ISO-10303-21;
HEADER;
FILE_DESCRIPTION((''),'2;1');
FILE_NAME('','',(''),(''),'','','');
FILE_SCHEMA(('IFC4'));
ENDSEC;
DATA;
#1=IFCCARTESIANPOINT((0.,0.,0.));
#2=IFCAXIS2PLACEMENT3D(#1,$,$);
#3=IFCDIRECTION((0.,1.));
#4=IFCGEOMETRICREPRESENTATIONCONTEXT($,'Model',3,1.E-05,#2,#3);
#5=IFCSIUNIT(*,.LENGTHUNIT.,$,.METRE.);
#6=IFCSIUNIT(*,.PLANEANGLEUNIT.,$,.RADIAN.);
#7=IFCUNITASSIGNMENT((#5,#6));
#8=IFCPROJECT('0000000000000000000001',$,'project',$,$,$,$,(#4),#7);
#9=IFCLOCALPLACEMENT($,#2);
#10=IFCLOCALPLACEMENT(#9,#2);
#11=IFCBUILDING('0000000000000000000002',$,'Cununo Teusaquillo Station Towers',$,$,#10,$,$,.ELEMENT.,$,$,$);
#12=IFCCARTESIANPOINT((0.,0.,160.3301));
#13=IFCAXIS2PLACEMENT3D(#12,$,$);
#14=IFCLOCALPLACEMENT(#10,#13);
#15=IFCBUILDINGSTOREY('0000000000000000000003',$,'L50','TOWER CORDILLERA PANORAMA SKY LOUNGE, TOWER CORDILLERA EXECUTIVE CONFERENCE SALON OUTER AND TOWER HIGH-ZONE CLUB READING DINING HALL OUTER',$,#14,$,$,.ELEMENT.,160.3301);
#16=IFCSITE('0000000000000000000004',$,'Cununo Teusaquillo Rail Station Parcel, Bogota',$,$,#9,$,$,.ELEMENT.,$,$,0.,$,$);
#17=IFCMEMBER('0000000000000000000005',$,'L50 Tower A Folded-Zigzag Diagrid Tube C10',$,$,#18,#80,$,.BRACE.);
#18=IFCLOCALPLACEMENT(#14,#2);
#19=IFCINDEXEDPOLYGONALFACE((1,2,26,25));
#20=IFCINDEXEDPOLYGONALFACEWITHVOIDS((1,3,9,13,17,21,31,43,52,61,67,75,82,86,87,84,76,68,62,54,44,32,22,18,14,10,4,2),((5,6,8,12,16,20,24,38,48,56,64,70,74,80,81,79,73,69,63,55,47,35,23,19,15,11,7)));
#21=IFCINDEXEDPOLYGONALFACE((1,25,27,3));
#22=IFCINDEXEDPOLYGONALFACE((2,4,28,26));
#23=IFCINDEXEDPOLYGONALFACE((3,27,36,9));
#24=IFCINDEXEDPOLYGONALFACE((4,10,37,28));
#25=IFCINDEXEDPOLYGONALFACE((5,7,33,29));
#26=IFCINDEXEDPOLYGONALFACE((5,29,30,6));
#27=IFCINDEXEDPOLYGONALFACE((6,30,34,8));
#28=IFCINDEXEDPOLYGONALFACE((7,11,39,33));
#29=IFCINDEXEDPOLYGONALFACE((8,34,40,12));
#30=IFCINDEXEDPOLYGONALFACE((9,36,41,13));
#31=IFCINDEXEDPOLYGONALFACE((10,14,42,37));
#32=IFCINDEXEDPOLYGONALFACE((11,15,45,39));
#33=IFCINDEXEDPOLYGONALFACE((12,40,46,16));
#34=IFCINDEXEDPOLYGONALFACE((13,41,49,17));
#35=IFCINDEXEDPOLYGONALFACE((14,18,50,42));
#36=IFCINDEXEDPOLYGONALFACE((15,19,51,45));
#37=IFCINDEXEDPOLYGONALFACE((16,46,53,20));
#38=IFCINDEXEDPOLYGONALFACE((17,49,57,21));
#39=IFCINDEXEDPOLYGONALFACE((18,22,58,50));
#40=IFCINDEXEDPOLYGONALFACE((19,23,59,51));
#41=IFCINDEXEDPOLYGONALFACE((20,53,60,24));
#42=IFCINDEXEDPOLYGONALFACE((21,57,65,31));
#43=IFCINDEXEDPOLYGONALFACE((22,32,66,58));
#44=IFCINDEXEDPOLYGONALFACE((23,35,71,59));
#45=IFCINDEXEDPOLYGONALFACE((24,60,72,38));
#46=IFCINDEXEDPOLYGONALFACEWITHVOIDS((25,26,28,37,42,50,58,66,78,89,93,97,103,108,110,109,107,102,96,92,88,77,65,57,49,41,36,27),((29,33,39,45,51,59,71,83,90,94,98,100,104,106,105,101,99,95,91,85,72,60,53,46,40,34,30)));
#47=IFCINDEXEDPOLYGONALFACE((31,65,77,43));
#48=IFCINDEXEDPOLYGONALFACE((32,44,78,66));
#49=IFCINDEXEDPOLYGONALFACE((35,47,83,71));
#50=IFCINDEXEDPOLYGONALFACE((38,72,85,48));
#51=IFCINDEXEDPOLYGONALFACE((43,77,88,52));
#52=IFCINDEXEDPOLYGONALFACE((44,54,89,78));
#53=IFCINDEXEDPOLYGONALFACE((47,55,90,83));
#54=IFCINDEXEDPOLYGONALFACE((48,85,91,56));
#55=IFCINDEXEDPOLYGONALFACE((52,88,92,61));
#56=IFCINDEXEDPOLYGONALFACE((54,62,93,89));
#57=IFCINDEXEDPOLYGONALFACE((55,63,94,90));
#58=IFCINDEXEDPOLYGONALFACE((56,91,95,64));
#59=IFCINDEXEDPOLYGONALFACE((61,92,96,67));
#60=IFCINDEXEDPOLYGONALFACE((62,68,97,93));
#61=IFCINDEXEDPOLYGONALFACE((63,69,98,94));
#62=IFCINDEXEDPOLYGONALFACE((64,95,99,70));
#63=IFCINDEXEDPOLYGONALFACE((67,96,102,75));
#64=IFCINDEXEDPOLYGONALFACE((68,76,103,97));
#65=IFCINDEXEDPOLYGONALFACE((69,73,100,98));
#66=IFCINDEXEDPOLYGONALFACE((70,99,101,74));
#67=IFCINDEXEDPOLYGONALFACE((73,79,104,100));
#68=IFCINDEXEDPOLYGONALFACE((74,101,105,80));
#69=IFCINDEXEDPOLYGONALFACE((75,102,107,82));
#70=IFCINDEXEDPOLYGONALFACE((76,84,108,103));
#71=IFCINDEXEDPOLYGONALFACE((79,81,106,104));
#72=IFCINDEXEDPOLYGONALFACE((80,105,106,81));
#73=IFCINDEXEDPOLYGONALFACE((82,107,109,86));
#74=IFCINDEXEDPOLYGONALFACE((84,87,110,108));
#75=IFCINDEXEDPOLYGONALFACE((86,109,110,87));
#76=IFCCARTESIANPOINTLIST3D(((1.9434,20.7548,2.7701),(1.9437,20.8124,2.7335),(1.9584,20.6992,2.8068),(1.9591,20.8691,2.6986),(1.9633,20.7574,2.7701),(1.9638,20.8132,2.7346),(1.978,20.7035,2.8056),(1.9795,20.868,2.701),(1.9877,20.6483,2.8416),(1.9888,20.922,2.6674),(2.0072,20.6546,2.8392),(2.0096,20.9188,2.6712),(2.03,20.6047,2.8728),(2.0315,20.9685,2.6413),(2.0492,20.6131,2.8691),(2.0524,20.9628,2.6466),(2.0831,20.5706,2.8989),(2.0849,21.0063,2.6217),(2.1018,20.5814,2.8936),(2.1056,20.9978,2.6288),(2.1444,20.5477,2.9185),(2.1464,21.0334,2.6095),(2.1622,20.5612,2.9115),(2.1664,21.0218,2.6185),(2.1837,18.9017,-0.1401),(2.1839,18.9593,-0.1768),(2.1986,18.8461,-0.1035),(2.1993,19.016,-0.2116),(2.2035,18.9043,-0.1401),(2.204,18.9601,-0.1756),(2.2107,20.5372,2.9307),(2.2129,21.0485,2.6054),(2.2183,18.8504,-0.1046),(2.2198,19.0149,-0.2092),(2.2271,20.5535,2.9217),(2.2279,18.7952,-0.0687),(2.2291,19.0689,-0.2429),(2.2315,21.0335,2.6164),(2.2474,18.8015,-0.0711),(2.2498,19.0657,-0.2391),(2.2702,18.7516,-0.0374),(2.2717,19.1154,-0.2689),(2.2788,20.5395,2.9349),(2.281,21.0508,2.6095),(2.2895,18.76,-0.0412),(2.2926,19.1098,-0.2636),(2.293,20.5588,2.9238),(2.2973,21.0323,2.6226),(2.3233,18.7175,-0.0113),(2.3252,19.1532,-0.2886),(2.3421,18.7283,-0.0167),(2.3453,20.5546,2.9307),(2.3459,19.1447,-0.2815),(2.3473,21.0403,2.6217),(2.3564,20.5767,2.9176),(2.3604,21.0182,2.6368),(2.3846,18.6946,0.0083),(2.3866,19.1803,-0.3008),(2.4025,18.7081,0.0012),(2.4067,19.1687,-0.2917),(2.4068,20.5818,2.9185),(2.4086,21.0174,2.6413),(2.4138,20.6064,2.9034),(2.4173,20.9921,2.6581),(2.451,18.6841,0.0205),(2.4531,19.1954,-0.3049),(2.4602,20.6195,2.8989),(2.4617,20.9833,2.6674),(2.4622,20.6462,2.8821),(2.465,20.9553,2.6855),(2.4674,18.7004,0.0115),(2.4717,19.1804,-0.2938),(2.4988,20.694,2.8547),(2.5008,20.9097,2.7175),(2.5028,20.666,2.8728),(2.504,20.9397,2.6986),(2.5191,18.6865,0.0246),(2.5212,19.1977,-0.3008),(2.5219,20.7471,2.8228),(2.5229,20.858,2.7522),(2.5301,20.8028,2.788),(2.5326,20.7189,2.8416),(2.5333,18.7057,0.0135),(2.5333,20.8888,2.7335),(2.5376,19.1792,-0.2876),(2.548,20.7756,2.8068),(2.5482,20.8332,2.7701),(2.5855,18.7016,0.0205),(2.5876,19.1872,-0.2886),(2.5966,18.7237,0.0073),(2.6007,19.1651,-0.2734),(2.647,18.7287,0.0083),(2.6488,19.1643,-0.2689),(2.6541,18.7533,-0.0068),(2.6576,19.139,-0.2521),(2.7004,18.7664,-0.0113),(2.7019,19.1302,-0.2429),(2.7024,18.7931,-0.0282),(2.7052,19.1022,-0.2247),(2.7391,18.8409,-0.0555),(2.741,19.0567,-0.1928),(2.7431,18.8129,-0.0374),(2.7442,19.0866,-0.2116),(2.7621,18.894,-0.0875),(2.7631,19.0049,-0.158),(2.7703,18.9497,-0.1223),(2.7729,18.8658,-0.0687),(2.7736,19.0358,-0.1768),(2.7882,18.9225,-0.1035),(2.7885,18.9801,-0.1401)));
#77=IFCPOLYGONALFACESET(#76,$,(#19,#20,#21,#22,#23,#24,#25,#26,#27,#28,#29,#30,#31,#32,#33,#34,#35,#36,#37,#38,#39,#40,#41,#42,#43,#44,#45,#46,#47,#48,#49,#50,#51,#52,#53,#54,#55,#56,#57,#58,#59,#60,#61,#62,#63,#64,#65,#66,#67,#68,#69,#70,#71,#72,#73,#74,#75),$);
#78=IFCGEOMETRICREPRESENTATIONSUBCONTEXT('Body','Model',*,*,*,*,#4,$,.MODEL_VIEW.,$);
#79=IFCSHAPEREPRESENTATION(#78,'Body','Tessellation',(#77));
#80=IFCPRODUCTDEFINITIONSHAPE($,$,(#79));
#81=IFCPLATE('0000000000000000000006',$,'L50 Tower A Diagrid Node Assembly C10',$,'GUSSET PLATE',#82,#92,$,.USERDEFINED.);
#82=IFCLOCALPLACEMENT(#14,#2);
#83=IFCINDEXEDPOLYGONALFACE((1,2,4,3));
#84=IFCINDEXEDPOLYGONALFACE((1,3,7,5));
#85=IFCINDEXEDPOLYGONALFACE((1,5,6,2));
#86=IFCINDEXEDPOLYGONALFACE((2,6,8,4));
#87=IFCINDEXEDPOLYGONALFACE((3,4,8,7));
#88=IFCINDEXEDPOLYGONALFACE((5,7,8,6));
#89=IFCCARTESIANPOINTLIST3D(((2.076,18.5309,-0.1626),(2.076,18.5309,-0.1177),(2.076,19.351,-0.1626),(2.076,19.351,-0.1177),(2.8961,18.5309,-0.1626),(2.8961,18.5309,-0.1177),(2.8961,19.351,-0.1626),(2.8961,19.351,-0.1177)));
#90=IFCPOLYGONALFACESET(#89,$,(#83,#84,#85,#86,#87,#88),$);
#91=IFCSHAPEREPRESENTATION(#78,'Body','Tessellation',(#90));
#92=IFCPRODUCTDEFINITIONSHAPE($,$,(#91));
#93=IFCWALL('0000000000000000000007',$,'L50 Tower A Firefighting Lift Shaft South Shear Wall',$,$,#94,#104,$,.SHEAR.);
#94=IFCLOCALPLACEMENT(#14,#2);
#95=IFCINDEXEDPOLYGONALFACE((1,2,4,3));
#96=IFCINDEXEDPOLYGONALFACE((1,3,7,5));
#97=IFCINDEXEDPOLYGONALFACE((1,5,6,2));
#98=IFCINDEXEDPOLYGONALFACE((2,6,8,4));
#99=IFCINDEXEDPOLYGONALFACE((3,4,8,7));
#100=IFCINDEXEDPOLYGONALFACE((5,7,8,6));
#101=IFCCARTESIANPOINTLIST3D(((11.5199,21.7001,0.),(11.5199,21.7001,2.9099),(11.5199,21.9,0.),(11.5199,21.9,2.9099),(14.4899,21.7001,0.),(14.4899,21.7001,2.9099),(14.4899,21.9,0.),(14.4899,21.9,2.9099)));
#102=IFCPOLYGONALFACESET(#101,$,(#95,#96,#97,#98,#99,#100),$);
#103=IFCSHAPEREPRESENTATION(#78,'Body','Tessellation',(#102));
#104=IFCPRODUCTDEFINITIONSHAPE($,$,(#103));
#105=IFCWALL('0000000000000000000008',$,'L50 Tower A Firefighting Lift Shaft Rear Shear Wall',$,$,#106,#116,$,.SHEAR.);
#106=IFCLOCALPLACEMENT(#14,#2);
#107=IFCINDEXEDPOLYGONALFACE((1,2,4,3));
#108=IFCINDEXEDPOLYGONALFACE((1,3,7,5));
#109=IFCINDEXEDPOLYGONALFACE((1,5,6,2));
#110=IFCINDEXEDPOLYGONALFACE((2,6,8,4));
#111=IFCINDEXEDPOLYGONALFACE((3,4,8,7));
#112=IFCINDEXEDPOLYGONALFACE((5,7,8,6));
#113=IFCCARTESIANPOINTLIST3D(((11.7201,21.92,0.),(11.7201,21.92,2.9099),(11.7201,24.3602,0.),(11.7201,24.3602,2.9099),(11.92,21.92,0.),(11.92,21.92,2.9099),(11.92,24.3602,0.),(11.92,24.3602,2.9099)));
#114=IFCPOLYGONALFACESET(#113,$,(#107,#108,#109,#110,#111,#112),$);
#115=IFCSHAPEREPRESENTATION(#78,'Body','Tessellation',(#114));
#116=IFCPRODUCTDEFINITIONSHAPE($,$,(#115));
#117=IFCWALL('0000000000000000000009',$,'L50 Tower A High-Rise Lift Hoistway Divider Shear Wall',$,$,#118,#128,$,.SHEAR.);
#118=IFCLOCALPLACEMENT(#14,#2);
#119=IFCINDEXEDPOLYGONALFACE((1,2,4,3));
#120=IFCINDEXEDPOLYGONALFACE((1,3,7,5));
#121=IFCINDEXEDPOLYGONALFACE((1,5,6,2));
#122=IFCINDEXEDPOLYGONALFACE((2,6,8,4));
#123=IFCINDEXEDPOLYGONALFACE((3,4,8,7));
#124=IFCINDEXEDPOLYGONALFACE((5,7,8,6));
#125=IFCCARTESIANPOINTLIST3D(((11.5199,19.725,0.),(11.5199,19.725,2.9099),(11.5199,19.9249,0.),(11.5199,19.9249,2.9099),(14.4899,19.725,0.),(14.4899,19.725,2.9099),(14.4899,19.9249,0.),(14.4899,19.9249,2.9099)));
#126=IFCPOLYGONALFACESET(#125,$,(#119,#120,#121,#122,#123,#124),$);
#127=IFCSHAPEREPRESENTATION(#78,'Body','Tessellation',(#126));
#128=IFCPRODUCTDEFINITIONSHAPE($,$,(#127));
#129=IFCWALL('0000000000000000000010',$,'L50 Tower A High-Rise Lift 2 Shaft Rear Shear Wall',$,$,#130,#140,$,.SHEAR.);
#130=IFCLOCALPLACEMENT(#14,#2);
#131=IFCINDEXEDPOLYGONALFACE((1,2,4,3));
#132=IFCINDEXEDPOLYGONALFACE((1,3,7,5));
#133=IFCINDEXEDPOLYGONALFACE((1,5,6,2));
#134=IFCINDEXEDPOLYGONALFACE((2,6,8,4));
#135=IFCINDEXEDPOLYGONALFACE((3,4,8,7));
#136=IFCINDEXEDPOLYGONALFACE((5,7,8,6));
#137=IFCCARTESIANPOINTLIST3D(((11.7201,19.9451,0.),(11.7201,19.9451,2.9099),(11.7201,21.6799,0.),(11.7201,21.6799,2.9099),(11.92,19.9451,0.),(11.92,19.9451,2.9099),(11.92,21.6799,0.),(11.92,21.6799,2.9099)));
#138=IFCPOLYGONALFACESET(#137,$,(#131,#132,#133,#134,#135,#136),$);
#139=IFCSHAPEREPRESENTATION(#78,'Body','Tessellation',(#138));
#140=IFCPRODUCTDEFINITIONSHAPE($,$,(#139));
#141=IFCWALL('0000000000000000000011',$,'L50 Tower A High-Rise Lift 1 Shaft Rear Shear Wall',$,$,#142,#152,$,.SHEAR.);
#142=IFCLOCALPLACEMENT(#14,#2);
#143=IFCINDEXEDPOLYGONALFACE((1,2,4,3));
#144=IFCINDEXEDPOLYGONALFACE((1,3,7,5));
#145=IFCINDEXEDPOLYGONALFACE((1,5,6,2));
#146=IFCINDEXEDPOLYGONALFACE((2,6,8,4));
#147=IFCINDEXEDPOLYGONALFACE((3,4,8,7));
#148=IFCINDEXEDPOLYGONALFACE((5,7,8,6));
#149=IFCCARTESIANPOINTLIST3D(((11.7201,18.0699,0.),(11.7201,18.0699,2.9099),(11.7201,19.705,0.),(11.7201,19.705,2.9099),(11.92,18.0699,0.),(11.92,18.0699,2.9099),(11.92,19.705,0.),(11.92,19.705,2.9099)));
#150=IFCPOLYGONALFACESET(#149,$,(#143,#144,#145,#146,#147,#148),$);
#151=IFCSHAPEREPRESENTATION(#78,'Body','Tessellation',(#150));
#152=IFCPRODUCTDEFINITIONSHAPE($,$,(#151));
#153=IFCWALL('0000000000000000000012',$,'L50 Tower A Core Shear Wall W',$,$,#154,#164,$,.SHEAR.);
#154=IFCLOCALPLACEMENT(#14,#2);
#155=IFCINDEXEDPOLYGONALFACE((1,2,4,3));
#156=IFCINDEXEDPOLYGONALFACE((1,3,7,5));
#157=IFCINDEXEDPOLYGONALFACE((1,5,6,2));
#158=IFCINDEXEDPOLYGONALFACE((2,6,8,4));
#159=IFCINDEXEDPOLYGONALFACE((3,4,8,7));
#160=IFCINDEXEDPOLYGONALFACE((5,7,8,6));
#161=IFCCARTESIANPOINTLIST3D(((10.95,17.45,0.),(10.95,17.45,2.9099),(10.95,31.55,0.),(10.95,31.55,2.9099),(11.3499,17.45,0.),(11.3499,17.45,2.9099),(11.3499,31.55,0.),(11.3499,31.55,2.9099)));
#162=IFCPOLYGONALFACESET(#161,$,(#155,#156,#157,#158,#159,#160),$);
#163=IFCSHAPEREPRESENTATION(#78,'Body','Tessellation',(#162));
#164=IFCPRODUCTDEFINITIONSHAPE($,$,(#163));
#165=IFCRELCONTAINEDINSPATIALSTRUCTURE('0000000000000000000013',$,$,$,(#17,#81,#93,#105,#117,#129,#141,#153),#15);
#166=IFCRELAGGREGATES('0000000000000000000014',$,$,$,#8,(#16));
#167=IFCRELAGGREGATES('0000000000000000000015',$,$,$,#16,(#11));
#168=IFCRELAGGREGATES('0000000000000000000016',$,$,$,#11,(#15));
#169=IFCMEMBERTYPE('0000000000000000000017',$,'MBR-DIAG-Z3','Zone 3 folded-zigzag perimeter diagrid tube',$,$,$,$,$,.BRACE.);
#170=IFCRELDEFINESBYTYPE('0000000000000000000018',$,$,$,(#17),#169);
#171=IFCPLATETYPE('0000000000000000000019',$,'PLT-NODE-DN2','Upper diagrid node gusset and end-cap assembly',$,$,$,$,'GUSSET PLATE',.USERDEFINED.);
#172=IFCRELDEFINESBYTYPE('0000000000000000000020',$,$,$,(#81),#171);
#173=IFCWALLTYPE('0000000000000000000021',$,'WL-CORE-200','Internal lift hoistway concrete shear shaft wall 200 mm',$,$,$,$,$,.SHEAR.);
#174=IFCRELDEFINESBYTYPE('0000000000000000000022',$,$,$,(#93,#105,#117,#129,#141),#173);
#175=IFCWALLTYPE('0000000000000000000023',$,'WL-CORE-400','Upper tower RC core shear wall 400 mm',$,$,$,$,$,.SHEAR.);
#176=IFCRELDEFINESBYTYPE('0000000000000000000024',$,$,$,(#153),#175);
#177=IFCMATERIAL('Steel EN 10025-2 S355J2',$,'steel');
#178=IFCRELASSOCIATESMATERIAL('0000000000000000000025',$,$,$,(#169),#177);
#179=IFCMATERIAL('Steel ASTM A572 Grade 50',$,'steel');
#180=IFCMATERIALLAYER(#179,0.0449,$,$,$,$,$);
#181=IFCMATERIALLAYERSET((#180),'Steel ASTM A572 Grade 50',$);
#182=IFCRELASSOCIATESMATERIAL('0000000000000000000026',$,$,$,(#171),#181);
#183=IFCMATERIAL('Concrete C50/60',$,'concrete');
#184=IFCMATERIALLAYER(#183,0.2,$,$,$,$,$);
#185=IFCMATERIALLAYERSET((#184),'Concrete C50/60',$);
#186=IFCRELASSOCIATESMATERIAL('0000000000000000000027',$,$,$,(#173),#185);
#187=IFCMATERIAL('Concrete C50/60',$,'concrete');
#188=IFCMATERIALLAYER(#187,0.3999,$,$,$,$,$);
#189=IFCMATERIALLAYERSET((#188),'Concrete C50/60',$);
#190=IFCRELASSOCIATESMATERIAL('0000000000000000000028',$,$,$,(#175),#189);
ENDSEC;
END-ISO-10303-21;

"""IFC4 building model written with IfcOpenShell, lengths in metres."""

from ifc_helpers import new_model, si_unit, direction, frame, frame_2d, origin, origin_2d, place, context, subcontext, project, spatial, rectangle, hollow_circle, extrude, source, transform, mapped, material, layer, layer_set, material_profile, profile_set, type_object, element, save


model = new_model("IFC4")

# Units and contexts
model_context = context("Model", 3, precision=1e-05, world=origin(), true_north=direction((0.0, 1.0)))
body_context = subcontext(model_context, "Body", "Model", "MODEL_VIEW")
ifc_project = project(units=[si_unit("LENGTHUNIT", "METRE"), si_unit("PLANEANGLEUNIT", "RADIAN")], contexts=[model_context])

# Site, building, storey
site_placement = place(None, origin())
site = spatial("IfcSite", under=ifc_project, at=site_placement, Name="Cununo Teusaquillo Rail Station Parcel, Bogota", CompositionType="ELEMENT", RefElevation=0.0)
building_placement = place(site_placement, origin())
building = spatial("IfcBuilding", under=site, at=building_placement, Name="Cununo Teusaquillo Station Towers", CompositionType="ELEMENT")
storey_placement = place(building_placement, frame((0.0, 0.0, 160.3301)))
storey = spatial("IfcBuildingStorey", under=building, at=storey_placement, Name="L50", Description="TOWER CORDILLERA PANORAMA SKY LOUNGE, TOWER CORDILLERA EXECUTIVE CONFERENCE SALON OUTER AND TOWER HIGH-ZONE CLUB READING DINING HALL OUTER", CompositionType="ELEMENT", Elevation=160.3301)

# Member
ifc_material_1 = material(Name="Steel EN 10025-2 S355J2", Category="steel")
ifc_material_profile_1 = material_profile(ifc_material_1, hollow_circle(Radius=0.3049, WallThickness=0.02, at=origin_2d()), Name="CHS 610x20")
ifc_profile_set_1 = profile_set([ifc_material_profile_1], Name="Steel EN 10025-2 S355J2")
member_type = type_object("IfcMemberType", Name="MBR-DIAG-Z3", Description="Zone 3 folded-zigzag perimeter diagrid tube", PredefinedType="BRACE", material=ifc_profile_set_1)
member_placement = place(storey_placement, frame((2.4861, 18.9409, -0.1401), z_axis=(-0.069464, 0.535807, 0.841478), x_axis=(-0.991701, -0.128568, 0.0)))
element("IfcMember", 1, at=member_placement, inside=storey, type_object=member_type, Name="L50 Tower A Folded-Zigzag Diagrid Tube C10", PredefinedType="BRACE", context=body_context, shape_type="SweptSolid", body=[
    extrude(hollow_circle(Radius=0.3049, WallThickness=0.02, at=origin_2d()), origin(), (0.0, 0.0, 1.0), 3.4585),
])

# Plate
ifc_material_2 = material(Name="Steel ASTM A572 Grade 50", Category="steel")
ifc_layer_1 = layer(ifc_material_2, 0.0449)
ifc_layer_set_1 = layer_set([ifc_layer_1], Name="Steel ASTM A572 Grade 50")
plate_type = type_object("IfcPlateType", Name="PLT-NODE-DN2", Description="Upper diagrid node gusset and end-cap assembly", ElementType="GUSSET PLATE", PredefinedType="USERDEFINED", material=ifc_layer_set_1)
shared_shape_1 = source(origin(), body_context, "Body", "SweptSolid", [
    extrude(rectangle(XDim=0.8201, YDim=0.8201, at=origin_2d()), origin(), (0.0, 0.0, 1.0), 0.0449),
])
plate_placement = place(storey_placement, frame((2.4861, 18.9409, -0.1626), z_axis=(0.0, 0.0, 1.0), x_axis=(1.0, 0.0, 0.0)))
element("IfcPlate", 2, at=plate_placement, inside=storey, type_object=plate_type, Name="L50 Tower A Diagrid Node Assembly C10", ObjectType="GUSSET PLATE", PredefinedType="USERDEFINED", context=body_context, shape_type="MappedRepresentation", body=[
    mapped(shared_shape_1, transform((0.0, 0.0, 0.0), x_axis=(1.0, 0.0, 0.0), y_axis=(0.0, 1.0, 0.0), z_axis=(0.0, 0.0, 1.0), scale=1.0)),
])

# Walls
ifc_material_3 = material(Name="Concrete C50/60", Category="concrete")
ifc_layer_2 = layer(ifc_material_3, 0.2)
ifc_layer_set_2 = layer_set([ifc_layer_2], Name="Concrete C50/60")
wall_type_1 = type_object("IfcWallType", Name="WL-CORE-200", Description="Internal lift hoistway concrete shear shaft wall 200 mm", PredefinedType="SHEAR", material=ifc_layer_set_2)
wall_1_placement = place(storey_placement, frame((11.52, 21.8, 0.0), z_axis=(0.0, 0.0, 1.0), x_axis=(1.0, 0.0, 0.0)))
element("IfcWall", 3, at=wall_1_placement, inside=storey, type_object=wall_type_1, Name="L50 Tower A Firefighting Lift Shaft South Shear Wall", PredefinedType="SHEAR", context=body_context, shape_type="SweptSolid", body=[
    extrude(rectangle(XDim=2.97, YDim=0.2, at=frame_2d((1.4849, 0.0))), origin(), (0.0, 0.0, 1.0), 2.9099),
])
wall_2_placement = place(storey_placement, frame((11.8201, 21.9199, 0.0), z_axis=(0.0, 0.0, 1.0), x_axis=(0.0, 1.0, 0.0)))
element("IfcWall", 4, at=wall_2_placement, inside=storey, type_object=wall_type_1, Name="L50 Tower A Firefighting Lift Shaft Rear Shear Wall", PredefinedType="SHEAR", context=body_context, shape_type="SweptSolid", body=[
    extrude(rectangle(XDim=2.4402, YDim=0.2, at=frame_2d((1.2202, 0.0))), origin(), (0.0, 0.0, 1.0), 2.9099),
])
wall_3_placement = place(storey_placement, frame((11.52, 19.825, 0.0), z_axis=(0.0, 0.0, 1.0), x_axis=(1.0, 0.0, 0.0)))
element("IfcWall", 5, at=wall_3_placement, inside=storey, type_object=wall_type_1, Name="L50 Tower A High-Rise Lift Hoistway Divider Shear Wall", PredefinedType="SHEAR", context=body_context, shape_type="SweptSolid", body=[
    extrude(rectangle(XDim=2.97, YDim=0.2, at=frame_2d((1.4849, 0.0))), origin(), (0.0, 0.0, 1.0), 2.9099),
])
wall_4_placement = place(storey_placement, frame((11.8201, 19.9451, 0.0), z_axis=(0.0, 0.0, 1.0), x_axis=(0.0, 1.0, 0.0)))
element("IfcWall", 6, at=wall_4_placement, inside=storey, type_object=wall_type_1, Name="L50 Tower A High-Rise Lift 2 Shaft Rear Shear Wall", PredefinedType="SHEAR", context=body_context, shape_type="SweptSolid", body=[
    extrude(rectangle(XDim=1.7349, YDim=0.2, at=frame_2d((0.8674, 0.0))), origin(), (0.0, 0.0, 1.0), 2.9099),
])
wall_5_placement = place(storey_placement, frame((11.8201, 18.0701, 0.0), z_axis=(0.0, 0.0, 1.0), x_axis=(0.0, 1.0, 0.0)))
element("IfcWall", 7, at=wall_5_placement, inside=storey, type_object=wall_type_1, Name="L50 Tower A High-Rise Lift 1 Shaft Rear Shear Wall", PredefinedType="SHEAR", context=body_context, shape_type="SweptSolid", body=[
    extrude(rectangle(XDim=1.635, YDim=0.2, at=frame_2d((0.8174, 0.0))), origin(), (0.0, 0.0, 1.0), 2.9099),
])
ifc_material_4 = material(Name="Concrete C50/60", Category="concrete")
ifc_layer_3 = layer(ifc_material_4, 0.3999)
ifc_layer_set_3 = layer_set([ifc_layer_3], Name="Concrete C50/60")
wall_type_2 = type_object("IfcWallType", Name="WL-CORE-400", Description="Upper tower RC core shear wall 400 mm", PredefinedType="SHEAR", material=ifc_layer_set_3)
wall_6_placement = place(storey_placement, frame((11.1499, 17.45, 0.0), z_axis=(0.0, 0.0, 1.0), x_axis=(0.0, 1.0, 0.0)))
element("IfcWall", 8, at=wall_6_placement, inside=storey, type_object=wall_type_2, Name="L50 Tower A Core Shear Wall W", PredefinedType="SHEAR", context=body_context, shape_type="SweptSolid", body=[
    extrude(rectangle(XDim=14.1001, YDim=0.3999, at=frame_2d((7.05, 0.0))), origin(), (0.0, 0.0, 1.0), 2.9099),
])

save(model, "model.ifc")
